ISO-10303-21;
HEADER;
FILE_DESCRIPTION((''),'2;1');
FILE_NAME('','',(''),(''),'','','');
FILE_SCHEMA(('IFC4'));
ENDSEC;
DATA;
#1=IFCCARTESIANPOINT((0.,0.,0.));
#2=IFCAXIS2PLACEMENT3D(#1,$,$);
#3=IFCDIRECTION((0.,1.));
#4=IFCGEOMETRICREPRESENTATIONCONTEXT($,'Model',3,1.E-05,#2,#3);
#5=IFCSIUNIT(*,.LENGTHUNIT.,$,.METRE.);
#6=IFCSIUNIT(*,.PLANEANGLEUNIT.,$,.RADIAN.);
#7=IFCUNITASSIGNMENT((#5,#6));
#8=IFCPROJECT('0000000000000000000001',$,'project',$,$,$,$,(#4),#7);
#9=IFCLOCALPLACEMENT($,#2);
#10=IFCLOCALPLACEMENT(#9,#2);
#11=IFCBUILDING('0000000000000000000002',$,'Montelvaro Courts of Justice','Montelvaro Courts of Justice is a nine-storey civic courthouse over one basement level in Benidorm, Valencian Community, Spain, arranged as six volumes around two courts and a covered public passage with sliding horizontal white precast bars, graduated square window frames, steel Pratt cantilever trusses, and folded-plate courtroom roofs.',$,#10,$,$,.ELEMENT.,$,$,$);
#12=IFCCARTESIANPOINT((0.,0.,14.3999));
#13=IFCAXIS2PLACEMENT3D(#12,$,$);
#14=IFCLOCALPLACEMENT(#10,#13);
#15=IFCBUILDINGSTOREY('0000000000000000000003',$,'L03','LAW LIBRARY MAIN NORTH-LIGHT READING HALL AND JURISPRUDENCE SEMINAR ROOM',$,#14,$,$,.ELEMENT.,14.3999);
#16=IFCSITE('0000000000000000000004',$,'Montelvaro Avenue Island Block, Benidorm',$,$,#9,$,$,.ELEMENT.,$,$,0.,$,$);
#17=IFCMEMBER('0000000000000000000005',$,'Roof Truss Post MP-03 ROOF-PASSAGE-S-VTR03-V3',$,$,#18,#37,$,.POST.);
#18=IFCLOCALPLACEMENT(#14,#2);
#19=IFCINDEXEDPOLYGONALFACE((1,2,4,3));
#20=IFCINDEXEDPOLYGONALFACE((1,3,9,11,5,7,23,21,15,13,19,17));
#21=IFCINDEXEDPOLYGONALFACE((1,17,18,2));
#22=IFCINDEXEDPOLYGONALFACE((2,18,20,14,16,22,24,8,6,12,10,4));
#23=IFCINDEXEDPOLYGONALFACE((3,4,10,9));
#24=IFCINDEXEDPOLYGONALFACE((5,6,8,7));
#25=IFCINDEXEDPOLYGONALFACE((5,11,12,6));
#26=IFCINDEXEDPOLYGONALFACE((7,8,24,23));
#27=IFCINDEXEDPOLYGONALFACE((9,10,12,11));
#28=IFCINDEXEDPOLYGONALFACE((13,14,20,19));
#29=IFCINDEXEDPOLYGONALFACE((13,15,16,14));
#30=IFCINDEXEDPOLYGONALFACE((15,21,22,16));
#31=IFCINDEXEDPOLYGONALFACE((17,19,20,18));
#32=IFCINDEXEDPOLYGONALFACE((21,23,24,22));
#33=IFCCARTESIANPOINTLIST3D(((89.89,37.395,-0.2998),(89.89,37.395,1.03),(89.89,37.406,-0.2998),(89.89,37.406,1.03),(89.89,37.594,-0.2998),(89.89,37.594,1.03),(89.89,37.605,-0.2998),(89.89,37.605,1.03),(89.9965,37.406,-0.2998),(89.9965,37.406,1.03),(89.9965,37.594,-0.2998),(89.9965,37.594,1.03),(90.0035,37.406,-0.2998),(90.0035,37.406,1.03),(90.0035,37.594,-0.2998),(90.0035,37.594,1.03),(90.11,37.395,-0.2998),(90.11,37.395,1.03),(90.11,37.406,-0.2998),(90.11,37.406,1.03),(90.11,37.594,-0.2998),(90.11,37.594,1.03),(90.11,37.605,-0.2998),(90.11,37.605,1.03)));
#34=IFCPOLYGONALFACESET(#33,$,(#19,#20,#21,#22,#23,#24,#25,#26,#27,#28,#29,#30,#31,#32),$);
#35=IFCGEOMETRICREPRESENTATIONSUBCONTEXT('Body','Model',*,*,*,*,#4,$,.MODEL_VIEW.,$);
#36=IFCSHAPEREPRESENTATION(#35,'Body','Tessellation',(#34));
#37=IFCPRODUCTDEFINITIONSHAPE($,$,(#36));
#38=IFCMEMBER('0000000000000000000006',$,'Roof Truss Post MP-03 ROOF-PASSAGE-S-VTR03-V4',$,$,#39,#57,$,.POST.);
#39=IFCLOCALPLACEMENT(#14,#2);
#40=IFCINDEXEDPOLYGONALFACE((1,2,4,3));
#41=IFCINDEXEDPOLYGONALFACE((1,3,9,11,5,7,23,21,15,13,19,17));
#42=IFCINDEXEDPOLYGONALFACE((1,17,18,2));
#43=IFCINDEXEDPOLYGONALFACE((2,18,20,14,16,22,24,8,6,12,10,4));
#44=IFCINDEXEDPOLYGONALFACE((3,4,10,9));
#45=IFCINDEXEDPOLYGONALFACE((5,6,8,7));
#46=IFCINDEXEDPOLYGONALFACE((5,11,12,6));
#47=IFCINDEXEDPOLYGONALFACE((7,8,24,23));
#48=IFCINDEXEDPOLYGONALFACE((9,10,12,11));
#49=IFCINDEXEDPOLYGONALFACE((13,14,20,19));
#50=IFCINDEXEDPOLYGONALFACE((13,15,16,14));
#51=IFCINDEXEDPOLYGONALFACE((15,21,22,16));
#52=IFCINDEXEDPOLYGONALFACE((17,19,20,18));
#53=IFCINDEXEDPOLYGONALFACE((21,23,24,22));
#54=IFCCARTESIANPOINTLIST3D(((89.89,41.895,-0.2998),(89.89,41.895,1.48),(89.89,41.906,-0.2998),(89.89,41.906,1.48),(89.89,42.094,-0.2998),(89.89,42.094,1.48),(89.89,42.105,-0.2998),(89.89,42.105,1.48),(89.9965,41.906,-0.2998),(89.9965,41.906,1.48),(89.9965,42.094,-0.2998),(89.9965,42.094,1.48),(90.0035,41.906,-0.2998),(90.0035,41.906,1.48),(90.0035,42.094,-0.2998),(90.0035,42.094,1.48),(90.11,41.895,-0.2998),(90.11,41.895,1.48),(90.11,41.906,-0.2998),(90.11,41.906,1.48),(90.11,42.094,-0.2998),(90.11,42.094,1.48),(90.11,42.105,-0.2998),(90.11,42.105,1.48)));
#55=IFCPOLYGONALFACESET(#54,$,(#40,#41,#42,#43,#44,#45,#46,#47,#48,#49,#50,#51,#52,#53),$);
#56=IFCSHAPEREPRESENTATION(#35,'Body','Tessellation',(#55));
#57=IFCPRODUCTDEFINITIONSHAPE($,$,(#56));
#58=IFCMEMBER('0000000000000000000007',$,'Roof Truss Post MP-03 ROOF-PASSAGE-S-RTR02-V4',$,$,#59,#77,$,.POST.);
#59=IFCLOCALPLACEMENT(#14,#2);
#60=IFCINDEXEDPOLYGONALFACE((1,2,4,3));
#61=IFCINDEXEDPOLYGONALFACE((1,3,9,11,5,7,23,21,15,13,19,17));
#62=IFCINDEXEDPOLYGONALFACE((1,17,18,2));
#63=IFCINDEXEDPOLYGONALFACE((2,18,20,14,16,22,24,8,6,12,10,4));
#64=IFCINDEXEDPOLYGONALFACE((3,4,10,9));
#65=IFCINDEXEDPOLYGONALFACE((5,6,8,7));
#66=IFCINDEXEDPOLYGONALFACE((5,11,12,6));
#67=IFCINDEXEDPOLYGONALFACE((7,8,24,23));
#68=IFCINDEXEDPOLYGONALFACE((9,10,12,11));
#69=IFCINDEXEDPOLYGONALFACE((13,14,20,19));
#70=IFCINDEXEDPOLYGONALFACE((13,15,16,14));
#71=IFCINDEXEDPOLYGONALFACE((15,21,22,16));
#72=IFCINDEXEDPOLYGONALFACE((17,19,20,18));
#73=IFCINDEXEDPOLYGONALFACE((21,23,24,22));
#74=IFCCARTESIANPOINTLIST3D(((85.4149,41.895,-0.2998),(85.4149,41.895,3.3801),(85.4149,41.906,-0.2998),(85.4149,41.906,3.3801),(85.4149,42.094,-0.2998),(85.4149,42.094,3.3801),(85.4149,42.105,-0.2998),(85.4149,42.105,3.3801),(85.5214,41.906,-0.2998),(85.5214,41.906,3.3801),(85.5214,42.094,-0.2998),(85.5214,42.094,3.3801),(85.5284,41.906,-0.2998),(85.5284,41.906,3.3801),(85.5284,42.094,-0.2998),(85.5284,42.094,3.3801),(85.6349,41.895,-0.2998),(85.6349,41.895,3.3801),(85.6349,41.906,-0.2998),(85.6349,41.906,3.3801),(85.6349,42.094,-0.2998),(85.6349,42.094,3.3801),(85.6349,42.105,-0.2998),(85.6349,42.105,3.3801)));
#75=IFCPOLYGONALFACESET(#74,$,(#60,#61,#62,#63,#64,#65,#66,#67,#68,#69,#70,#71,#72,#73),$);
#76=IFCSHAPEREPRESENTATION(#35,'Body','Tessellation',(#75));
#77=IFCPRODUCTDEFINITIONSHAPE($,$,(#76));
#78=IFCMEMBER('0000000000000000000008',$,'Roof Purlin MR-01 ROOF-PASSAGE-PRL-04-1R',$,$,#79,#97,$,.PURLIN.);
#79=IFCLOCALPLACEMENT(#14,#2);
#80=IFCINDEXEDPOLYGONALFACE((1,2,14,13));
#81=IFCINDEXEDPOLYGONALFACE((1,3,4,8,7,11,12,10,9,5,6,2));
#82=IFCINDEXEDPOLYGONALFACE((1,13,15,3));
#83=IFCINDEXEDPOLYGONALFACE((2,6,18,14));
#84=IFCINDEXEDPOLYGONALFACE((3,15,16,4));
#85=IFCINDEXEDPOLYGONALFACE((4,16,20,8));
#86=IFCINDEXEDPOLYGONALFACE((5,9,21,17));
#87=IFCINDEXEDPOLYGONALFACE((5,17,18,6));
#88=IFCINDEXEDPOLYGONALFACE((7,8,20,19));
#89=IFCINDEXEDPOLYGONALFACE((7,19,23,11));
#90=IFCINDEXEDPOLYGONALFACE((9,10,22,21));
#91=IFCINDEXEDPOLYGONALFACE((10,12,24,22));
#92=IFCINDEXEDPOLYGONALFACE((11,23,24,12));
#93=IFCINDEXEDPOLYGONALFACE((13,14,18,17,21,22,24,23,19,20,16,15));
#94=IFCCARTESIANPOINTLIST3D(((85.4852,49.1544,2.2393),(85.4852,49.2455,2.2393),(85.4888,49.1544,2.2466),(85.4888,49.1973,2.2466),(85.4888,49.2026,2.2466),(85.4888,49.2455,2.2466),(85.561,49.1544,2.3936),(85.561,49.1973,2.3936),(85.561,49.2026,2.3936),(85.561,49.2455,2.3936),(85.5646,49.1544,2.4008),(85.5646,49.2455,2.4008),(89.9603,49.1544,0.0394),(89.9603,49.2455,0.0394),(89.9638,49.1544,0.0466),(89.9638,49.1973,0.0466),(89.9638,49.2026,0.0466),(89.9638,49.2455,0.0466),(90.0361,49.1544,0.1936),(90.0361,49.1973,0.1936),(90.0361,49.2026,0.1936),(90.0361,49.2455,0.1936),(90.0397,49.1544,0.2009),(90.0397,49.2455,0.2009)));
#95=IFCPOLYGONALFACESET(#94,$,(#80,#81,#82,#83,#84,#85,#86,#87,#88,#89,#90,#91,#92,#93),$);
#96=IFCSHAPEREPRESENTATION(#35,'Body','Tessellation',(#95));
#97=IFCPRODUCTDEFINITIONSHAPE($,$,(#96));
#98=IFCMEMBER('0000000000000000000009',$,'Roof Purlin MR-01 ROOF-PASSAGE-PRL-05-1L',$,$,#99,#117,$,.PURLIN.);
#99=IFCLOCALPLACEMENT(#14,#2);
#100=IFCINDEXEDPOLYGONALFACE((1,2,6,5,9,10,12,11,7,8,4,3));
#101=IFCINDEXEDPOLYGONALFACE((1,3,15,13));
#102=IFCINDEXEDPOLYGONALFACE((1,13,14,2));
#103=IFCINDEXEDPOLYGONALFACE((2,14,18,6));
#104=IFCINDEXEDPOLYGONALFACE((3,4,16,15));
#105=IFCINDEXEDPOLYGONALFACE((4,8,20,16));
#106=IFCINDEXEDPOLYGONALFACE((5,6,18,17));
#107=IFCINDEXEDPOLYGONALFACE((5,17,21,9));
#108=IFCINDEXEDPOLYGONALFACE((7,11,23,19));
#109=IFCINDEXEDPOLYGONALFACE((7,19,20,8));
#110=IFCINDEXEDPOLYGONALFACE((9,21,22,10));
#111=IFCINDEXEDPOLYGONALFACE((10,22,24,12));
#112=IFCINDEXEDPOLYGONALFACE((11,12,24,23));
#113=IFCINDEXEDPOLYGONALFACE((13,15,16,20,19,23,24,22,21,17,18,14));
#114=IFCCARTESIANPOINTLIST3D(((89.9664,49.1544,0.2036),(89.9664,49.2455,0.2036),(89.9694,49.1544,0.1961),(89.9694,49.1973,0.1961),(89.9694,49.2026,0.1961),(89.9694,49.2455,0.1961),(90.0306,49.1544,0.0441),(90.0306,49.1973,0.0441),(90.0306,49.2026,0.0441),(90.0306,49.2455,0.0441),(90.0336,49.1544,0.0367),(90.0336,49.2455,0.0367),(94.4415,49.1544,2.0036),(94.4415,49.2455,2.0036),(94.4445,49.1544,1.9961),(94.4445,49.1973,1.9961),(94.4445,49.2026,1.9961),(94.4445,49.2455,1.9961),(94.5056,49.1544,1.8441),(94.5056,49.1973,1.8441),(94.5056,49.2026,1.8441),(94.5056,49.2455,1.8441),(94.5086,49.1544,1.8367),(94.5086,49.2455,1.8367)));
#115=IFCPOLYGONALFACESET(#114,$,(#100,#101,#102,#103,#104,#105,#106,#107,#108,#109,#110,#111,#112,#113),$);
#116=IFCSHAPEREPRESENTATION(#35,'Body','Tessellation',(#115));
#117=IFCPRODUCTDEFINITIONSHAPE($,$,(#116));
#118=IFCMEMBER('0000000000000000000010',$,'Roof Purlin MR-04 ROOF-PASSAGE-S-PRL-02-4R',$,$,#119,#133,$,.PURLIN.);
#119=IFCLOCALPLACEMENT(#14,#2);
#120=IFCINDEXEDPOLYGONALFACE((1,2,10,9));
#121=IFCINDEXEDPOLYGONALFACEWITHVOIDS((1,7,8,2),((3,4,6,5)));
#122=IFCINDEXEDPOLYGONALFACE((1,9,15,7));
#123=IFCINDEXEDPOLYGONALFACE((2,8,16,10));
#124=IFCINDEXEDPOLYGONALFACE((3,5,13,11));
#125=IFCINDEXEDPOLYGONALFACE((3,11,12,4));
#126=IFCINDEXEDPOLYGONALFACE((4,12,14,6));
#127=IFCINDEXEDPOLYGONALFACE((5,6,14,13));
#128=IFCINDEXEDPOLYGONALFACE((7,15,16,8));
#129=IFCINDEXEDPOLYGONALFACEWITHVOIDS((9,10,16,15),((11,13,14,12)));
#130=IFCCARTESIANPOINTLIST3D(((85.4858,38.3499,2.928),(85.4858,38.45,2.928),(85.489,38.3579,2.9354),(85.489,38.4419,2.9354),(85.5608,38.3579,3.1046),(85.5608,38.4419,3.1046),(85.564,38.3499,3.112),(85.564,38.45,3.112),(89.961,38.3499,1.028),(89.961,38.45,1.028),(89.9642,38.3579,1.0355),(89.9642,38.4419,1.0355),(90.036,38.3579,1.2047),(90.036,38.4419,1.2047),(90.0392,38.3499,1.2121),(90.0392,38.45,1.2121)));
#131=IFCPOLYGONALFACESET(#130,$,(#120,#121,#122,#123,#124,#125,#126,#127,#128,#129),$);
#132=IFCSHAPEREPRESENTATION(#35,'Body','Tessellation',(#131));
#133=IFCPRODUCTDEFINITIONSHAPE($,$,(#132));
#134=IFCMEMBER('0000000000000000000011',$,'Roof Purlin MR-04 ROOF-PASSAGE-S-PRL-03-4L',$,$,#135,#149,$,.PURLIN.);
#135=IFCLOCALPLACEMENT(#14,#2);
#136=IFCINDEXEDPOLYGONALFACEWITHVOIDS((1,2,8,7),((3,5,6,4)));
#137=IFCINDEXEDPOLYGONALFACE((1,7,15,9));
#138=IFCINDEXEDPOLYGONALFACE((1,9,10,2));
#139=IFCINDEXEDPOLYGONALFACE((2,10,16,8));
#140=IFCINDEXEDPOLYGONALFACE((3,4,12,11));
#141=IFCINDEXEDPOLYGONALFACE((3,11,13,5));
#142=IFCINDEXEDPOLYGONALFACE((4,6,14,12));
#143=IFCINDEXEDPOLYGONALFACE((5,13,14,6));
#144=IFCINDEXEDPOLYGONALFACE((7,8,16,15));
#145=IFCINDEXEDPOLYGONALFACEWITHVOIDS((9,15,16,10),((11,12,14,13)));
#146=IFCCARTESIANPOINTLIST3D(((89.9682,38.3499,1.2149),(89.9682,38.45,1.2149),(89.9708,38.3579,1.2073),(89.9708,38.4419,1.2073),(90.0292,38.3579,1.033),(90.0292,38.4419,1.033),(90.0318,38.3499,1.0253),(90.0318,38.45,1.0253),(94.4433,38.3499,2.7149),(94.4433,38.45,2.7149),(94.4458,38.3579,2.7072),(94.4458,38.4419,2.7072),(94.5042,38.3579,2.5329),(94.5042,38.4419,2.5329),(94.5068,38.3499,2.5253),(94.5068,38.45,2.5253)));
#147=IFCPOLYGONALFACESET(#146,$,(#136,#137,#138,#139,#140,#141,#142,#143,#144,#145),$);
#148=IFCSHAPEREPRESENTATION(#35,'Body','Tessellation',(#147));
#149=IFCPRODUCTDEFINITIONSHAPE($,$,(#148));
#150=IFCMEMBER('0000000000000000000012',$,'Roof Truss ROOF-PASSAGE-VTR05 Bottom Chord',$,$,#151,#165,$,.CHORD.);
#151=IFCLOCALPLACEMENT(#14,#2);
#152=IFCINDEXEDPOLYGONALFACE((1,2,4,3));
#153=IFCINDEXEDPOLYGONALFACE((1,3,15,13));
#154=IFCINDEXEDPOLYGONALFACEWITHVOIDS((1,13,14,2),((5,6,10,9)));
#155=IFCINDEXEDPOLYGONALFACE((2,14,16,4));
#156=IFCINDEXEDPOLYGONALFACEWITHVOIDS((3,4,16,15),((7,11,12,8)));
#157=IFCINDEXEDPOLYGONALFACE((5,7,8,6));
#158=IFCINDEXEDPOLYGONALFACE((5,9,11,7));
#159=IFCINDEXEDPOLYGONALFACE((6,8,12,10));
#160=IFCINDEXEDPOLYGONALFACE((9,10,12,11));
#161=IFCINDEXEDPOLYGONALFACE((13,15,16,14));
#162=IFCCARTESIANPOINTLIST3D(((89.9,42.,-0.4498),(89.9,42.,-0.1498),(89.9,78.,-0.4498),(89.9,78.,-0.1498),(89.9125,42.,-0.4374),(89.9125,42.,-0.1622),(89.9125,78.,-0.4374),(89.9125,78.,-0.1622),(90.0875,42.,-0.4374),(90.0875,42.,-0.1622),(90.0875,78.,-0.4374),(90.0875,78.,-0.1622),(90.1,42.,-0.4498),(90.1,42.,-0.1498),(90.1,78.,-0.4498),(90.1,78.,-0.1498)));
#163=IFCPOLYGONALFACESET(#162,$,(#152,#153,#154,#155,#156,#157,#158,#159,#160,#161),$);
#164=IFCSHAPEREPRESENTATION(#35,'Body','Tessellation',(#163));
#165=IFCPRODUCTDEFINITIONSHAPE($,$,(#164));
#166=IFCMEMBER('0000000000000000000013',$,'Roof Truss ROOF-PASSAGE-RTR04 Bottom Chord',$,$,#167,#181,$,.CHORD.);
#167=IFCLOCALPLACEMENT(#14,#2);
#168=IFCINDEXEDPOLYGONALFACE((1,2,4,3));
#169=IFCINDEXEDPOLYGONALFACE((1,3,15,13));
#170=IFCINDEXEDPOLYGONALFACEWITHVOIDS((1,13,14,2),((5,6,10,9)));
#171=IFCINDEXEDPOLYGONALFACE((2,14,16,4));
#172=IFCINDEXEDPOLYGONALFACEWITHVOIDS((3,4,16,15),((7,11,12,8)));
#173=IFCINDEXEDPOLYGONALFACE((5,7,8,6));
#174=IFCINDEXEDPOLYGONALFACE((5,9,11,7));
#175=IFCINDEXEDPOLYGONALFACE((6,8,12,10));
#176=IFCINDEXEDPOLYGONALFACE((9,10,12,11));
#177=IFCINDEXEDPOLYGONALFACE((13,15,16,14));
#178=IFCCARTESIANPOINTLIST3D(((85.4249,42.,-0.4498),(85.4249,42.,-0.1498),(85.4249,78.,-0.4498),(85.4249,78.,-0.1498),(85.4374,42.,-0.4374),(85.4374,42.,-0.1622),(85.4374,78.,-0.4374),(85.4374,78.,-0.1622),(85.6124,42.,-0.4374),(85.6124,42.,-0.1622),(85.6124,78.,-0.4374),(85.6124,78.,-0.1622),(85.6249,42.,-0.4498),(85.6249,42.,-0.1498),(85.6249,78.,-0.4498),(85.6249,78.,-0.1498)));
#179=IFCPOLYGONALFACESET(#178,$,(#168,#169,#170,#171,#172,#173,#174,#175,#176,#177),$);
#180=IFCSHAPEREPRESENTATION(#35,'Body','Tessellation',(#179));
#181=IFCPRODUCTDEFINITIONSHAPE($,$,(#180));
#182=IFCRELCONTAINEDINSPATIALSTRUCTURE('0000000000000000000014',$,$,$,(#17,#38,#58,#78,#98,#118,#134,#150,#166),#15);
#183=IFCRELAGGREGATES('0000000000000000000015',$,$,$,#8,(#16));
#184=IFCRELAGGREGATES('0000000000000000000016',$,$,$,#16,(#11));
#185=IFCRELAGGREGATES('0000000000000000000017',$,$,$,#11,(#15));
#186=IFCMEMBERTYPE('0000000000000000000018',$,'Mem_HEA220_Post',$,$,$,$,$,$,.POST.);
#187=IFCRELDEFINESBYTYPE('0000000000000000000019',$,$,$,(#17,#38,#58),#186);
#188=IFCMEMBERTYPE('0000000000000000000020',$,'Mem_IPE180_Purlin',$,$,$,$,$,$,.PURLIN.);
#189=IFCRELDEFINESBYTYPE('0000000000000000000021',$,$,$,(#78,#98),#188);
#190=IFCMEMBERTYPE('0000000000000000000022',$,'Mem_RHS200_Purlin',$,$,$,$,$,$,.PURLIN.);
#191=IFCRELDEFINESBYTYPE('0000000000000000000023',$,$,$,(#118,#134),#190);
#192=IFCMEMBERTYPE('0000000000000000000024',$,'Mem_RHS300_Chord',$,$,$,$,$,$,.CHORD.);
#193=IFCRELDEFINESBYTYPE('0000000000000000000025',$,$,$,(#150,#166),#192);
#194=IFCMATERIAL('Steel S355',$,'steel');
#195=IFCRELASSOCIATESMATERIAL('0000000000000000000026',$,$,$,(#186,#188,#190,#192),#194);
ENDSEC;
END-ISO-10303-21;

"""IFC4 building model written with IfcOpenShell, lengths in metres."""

from ifc_helpers import new_model, si_unit, direction, frame, origin, origin_2d, place, context, subcontext, project, spatial, hollow_rectangle, i_section, extrude, material, material_profile, profile_set, type_object, element, save


model = new_model("IFC4")

# Units and contexts
model_context = context("Model", 3, precision=1e-05, world=origin(), true_north=direction((0.0, 1.0)))
body_context = subcontext(model_context, "Body", "Model", "MODEL_VIEW")
ifc_project = project(units=[si_unit("LENGTHUNIT", "METRE"), si_unit("PLANEANGLEUNIT", "RADIAN")], contexts=[model_context])

# Site, building, storey
site_placement = place(None, origin())
site = spatial("IfcSite", under=ifc_project, at=site_placement, Name="Montelvaro Avenue Island Block, Benidorm", CompositionType="ELEMENT", RefElevation=0.0)
building_placement = place(site_placement, origin())
building = spatial("IfcBuilding", under=site, at=building_placement, Name="Montelvaro Courts of Justice", Description="Montelvaro Courts of Justice is a nine-storey civic courthouse over one basement level in Benidorm, Valencian Community, Spain, arranged as six volumes around two courts and a covered public passage with sliding horizontal white precast bars, graduated square window frames, steel Pratt cantilever trusses, and folded-plate courtroom roofs.", CompositionType="ELEMENT")
storey_placement = place(building_placement, frame((0.0, 0.0, 14.3999)))
storey = spatial("IfcBuildingStorey", under=building, at=storey_placement, Name="L03", Description="LAW LIBRARY MAIN NORTH-LIGHT READING HALL AND JURISPRUDENCE SEMINAR ROOM", CompositionType="ELEMENT", Elevation=14.3999)

# Members
ifc_material_1 = material(Name="Steel S355", Category="steel")
ifc_material_profile_1 = material_profile(ifc_material_1, i_section(OverallWidth=0.22, OverallDepth=0.21, WebThickness=0.0071, FlangeThickness=0.011, at=origin_2d()), Name="HEA 220")
ifc_profile_set_1 = profile_set([ifc_material_profile_1], Name="Steel S355")
member_type_1 = type_object("IfcMemberType", Name="Mem_HEA220_Post", PredefinedType="POST", material=ifc_profile_set_1)
member_1_placement = place(storey_placement, frame((90.0, 37.5, -0.2998), z_axis=(0.0, 0.0, 1.0), x_axis=(1.0, 0.0, 0.0)))
element("IfcMember", 1, at=member_1_placement, inside=storey, type_object=member_type_1, Name="Roof Truss Post MP-03 ROOF-PASSAGE-S-VTR03-V3", PredefinedType="POST", context=body_context, shape_type="SweptSolid", body=[
    extrude(i_section(OverallWidth=0.22, OverallDepth=0.21, WebThickness=0.0071, FlangeThickness=0.011, at=origin_2d()), origin(), (0.0, 0.0, 1.0), 1.3298),
])
member_2_placement = place(storey_placement, frame((90.0, 42.0, -0.2998), z_axis=(0.0, 0.0, 1.0), x_axis=(1.0, 0.0, 0.0)))
element("IfcMember", 2, at=member_2_placement, inside=storey, type_object=member_type_1, Name="Roof Truss Post MP-03 ROOF-PASSAGE-S-VTR03-V4", PredefinedType="POST", context=body_context, shape_type="SweptSolid", body=[
    extrude(i_section(OverallWidth=0.22, OverallDepth=0.21, WebThickness=0.0071, FlangeThickness=0.011, at=origin_2d()), origin(), (0.0, 0.0, 1.0), 1.7798),
])
member_3_placement = place(storey_placement, frame((85.5249, 42.0, -0.2998), z_axis=(0.0, 0.0, 1.0), x_axis=(1.0, 0.0, 0.0)))
element("IfcMember", 3, at=member_3_placement, inside=storey, type_object=member_type_1, Name="Roof Truss Post MP-03 ROOF-PASSAGE-S-RTR02-V4", PredefinedType="POST", context=body_context, shape_type="SweptSolid", body=[
    extrude(i_section(OverallWidth=0.22, OverallDepth=0.21, WebThickness=0.0071, FlangeThickness=0.011, at=origin_2d()), origin(), (0.0, 0.0, 1.0), 3.6799),
])
ifc_material_profile_2 = material_profile(ifc_material_1, i_section(OverallWidth=0.0911, OverallDepth=0.1799, WebThickness=0.0054, FlangeThickness=0.0081, at=origin_2d()), Name="IPE 180")
ifc_profile_set_2 = profile_set([ifc_material_profile_2], Name="Steel S355")
member_type_2 = type_object("IfcMemberType", Name="Mem_IPE180_Purlin", PredefinedType="PURLIN", material=ifc_profile_set_2)
member_4_placement = place(storey_placement, frame((85.5249, 49.2, 2.3201), z_axis=(0.897423, 0.0, -0.441172), x_axis=(0.0, 1.0, 0.0)))
element("IfcMember", 4, at=member_4_placement, inside=storey, type_object=member_type_2, Name="Roof Purlin MR-01 ROOF-PASSAGE-PRL-04-1R", PredefinedType="PURLIN", context=body_context, shape_type="SweptSolid", body=[
    extrude(i_section(OverallWidth=0.0911, OverallDepth=0.1799, WebThickness=0.0054, FlangeThickness=0.0081, at=origin_2d()), origin(), (0.0, 0.0, 1.0), 4.9866),
])
member_5_placement = place(storey_placement, frame((90.0, 49.2, 0.1201), z_axis=(0.927759, 0.0, 0.373179), x_axis=(0.0, 1.0, 0.0)))
element("IfcMember", 5, at=member_5_placement, inside=storey, type_object=member_type_2, Name="Roof Purlin MR-01 ROOF-PASSAGE-PRL-05-1L", PredefinedType="PURLIN", context=body_context, shape_type="SweptSolid", body=[
    extrude(i_section(OverallWidth=0.0911, OverallDepth=0.1799, WebThickness=0.0054, FlangeThickness=0.0081, at=origin_2d()), origin(), (0.0, 0.0, 1.0), 4.8235),
])
ifc_material_profile_3 = material_profile(ifc_material_1, hollow_rectangle(XDim=0.1001, YDim=0.2, WallThickness=0.0081, at=origin_2d()), Name="RHS 200x100x8")
ifc_profile_set_3 = profile_set([ifc_material_profile_3], Name="Steel S355")
member_type_3 = type_object("IfcMemberType", Name="Mem_RHS200_Purlin", PredefinedType="PURLIN", material=ifc_profile_set_3)
member_6_placement = place(storey_placement, frame((85.5249, 38.3999, 3.02), z_axis=(0.92048, 0.0, -0.39079), x_axis=(0.0, 1.0, 0.0)))
element("IfcMember", 6, at=member_6_placement, inside=storey, type_object=member_type_3, Name="Roof Purlin MR-04 ROOF-PASSAGE-S-PRL-02-4R", PredefinedType="PURLIN", context=body_context, shape_type="SweptSolid", body=[
    extrude(hollow_rectangle(XDim=0.1001, YDim=0.2, WallThickness=0.0081, at=origin_2d()), origin(), (0.0, 0.0, 1.0), 4.8618),
])
member_7_placement = place(storey_placement, frame((90.0, 38.3999, 1.1201), z_axis=(0.948154, 0.0, 0.31781), x_axis=(0.0, 1.0, 0.0)))
element("IfcMember", 7, at=member_7_placement, inside=storey, type_object=member_type_3, Name="Roof Purlin MR-04 ROOF-PASSAGE-S-PRL-03-4L", PredefinedType="PURLIN", context=body_context, shape_type="SweptSolid", body=[
    extrude(hollow_rectangle(XDim=0.1001, YDim=0.2, WallThickness=0.0081, at=origin_2d()), origin(), (0.0, 0.0, 1.0), 4.7197),
])
ifc_material_profile_4 = material_profile(ifc_material_1, hollow_rectangle(XDim=0.2, YDim=0.3, WallThickness=0.0125, at=origin_2d()), Name="RHS 300x200x12.5")
ifc_profile_set_4 = profile_set([ifc_material_profile_4], Name="Steel S355")
member_type_4 = type_object("IfcMemberType", Name="Mem_RHS300_Chord", PredefinedType="CHORD", material=ifc_profile_set_4)
for number, where, z_axis, x_axis, name in (
    (8, (90.0, 42.0, -0.2998), (0.0, 1.0, 0.0), (-1.0, 0.0, 0.0), "Roof Truss ROOF-PASSAGE-VTR05 Bottom Chord"),
    (9, (85.5249, 42.0, -0.2998), (0.0, 1.0, 0.0), (-1.0, 0.0, 0.0), "Roof Truss ROOF-PASSAGE-RTR04 Bottom Chord"),
):
    element("IfcMember", number, at=place(storey_placement, frame(where, z_axis=z_axis, x_axis=x_axis)), inside=storey, type_object=member_type_4, Name=name, PredefinedType="CHORD", context=body_context, shape_type="SweptSolid", body=[
        extrude(hollow_rectangle(XDim=0.2, YDim=0.3, WallThickness=0.0125, at=origin_2d()), origin(), (0.0, 0.0, 1.0), 36.0),
    ])

save(model, "model.ifc")
